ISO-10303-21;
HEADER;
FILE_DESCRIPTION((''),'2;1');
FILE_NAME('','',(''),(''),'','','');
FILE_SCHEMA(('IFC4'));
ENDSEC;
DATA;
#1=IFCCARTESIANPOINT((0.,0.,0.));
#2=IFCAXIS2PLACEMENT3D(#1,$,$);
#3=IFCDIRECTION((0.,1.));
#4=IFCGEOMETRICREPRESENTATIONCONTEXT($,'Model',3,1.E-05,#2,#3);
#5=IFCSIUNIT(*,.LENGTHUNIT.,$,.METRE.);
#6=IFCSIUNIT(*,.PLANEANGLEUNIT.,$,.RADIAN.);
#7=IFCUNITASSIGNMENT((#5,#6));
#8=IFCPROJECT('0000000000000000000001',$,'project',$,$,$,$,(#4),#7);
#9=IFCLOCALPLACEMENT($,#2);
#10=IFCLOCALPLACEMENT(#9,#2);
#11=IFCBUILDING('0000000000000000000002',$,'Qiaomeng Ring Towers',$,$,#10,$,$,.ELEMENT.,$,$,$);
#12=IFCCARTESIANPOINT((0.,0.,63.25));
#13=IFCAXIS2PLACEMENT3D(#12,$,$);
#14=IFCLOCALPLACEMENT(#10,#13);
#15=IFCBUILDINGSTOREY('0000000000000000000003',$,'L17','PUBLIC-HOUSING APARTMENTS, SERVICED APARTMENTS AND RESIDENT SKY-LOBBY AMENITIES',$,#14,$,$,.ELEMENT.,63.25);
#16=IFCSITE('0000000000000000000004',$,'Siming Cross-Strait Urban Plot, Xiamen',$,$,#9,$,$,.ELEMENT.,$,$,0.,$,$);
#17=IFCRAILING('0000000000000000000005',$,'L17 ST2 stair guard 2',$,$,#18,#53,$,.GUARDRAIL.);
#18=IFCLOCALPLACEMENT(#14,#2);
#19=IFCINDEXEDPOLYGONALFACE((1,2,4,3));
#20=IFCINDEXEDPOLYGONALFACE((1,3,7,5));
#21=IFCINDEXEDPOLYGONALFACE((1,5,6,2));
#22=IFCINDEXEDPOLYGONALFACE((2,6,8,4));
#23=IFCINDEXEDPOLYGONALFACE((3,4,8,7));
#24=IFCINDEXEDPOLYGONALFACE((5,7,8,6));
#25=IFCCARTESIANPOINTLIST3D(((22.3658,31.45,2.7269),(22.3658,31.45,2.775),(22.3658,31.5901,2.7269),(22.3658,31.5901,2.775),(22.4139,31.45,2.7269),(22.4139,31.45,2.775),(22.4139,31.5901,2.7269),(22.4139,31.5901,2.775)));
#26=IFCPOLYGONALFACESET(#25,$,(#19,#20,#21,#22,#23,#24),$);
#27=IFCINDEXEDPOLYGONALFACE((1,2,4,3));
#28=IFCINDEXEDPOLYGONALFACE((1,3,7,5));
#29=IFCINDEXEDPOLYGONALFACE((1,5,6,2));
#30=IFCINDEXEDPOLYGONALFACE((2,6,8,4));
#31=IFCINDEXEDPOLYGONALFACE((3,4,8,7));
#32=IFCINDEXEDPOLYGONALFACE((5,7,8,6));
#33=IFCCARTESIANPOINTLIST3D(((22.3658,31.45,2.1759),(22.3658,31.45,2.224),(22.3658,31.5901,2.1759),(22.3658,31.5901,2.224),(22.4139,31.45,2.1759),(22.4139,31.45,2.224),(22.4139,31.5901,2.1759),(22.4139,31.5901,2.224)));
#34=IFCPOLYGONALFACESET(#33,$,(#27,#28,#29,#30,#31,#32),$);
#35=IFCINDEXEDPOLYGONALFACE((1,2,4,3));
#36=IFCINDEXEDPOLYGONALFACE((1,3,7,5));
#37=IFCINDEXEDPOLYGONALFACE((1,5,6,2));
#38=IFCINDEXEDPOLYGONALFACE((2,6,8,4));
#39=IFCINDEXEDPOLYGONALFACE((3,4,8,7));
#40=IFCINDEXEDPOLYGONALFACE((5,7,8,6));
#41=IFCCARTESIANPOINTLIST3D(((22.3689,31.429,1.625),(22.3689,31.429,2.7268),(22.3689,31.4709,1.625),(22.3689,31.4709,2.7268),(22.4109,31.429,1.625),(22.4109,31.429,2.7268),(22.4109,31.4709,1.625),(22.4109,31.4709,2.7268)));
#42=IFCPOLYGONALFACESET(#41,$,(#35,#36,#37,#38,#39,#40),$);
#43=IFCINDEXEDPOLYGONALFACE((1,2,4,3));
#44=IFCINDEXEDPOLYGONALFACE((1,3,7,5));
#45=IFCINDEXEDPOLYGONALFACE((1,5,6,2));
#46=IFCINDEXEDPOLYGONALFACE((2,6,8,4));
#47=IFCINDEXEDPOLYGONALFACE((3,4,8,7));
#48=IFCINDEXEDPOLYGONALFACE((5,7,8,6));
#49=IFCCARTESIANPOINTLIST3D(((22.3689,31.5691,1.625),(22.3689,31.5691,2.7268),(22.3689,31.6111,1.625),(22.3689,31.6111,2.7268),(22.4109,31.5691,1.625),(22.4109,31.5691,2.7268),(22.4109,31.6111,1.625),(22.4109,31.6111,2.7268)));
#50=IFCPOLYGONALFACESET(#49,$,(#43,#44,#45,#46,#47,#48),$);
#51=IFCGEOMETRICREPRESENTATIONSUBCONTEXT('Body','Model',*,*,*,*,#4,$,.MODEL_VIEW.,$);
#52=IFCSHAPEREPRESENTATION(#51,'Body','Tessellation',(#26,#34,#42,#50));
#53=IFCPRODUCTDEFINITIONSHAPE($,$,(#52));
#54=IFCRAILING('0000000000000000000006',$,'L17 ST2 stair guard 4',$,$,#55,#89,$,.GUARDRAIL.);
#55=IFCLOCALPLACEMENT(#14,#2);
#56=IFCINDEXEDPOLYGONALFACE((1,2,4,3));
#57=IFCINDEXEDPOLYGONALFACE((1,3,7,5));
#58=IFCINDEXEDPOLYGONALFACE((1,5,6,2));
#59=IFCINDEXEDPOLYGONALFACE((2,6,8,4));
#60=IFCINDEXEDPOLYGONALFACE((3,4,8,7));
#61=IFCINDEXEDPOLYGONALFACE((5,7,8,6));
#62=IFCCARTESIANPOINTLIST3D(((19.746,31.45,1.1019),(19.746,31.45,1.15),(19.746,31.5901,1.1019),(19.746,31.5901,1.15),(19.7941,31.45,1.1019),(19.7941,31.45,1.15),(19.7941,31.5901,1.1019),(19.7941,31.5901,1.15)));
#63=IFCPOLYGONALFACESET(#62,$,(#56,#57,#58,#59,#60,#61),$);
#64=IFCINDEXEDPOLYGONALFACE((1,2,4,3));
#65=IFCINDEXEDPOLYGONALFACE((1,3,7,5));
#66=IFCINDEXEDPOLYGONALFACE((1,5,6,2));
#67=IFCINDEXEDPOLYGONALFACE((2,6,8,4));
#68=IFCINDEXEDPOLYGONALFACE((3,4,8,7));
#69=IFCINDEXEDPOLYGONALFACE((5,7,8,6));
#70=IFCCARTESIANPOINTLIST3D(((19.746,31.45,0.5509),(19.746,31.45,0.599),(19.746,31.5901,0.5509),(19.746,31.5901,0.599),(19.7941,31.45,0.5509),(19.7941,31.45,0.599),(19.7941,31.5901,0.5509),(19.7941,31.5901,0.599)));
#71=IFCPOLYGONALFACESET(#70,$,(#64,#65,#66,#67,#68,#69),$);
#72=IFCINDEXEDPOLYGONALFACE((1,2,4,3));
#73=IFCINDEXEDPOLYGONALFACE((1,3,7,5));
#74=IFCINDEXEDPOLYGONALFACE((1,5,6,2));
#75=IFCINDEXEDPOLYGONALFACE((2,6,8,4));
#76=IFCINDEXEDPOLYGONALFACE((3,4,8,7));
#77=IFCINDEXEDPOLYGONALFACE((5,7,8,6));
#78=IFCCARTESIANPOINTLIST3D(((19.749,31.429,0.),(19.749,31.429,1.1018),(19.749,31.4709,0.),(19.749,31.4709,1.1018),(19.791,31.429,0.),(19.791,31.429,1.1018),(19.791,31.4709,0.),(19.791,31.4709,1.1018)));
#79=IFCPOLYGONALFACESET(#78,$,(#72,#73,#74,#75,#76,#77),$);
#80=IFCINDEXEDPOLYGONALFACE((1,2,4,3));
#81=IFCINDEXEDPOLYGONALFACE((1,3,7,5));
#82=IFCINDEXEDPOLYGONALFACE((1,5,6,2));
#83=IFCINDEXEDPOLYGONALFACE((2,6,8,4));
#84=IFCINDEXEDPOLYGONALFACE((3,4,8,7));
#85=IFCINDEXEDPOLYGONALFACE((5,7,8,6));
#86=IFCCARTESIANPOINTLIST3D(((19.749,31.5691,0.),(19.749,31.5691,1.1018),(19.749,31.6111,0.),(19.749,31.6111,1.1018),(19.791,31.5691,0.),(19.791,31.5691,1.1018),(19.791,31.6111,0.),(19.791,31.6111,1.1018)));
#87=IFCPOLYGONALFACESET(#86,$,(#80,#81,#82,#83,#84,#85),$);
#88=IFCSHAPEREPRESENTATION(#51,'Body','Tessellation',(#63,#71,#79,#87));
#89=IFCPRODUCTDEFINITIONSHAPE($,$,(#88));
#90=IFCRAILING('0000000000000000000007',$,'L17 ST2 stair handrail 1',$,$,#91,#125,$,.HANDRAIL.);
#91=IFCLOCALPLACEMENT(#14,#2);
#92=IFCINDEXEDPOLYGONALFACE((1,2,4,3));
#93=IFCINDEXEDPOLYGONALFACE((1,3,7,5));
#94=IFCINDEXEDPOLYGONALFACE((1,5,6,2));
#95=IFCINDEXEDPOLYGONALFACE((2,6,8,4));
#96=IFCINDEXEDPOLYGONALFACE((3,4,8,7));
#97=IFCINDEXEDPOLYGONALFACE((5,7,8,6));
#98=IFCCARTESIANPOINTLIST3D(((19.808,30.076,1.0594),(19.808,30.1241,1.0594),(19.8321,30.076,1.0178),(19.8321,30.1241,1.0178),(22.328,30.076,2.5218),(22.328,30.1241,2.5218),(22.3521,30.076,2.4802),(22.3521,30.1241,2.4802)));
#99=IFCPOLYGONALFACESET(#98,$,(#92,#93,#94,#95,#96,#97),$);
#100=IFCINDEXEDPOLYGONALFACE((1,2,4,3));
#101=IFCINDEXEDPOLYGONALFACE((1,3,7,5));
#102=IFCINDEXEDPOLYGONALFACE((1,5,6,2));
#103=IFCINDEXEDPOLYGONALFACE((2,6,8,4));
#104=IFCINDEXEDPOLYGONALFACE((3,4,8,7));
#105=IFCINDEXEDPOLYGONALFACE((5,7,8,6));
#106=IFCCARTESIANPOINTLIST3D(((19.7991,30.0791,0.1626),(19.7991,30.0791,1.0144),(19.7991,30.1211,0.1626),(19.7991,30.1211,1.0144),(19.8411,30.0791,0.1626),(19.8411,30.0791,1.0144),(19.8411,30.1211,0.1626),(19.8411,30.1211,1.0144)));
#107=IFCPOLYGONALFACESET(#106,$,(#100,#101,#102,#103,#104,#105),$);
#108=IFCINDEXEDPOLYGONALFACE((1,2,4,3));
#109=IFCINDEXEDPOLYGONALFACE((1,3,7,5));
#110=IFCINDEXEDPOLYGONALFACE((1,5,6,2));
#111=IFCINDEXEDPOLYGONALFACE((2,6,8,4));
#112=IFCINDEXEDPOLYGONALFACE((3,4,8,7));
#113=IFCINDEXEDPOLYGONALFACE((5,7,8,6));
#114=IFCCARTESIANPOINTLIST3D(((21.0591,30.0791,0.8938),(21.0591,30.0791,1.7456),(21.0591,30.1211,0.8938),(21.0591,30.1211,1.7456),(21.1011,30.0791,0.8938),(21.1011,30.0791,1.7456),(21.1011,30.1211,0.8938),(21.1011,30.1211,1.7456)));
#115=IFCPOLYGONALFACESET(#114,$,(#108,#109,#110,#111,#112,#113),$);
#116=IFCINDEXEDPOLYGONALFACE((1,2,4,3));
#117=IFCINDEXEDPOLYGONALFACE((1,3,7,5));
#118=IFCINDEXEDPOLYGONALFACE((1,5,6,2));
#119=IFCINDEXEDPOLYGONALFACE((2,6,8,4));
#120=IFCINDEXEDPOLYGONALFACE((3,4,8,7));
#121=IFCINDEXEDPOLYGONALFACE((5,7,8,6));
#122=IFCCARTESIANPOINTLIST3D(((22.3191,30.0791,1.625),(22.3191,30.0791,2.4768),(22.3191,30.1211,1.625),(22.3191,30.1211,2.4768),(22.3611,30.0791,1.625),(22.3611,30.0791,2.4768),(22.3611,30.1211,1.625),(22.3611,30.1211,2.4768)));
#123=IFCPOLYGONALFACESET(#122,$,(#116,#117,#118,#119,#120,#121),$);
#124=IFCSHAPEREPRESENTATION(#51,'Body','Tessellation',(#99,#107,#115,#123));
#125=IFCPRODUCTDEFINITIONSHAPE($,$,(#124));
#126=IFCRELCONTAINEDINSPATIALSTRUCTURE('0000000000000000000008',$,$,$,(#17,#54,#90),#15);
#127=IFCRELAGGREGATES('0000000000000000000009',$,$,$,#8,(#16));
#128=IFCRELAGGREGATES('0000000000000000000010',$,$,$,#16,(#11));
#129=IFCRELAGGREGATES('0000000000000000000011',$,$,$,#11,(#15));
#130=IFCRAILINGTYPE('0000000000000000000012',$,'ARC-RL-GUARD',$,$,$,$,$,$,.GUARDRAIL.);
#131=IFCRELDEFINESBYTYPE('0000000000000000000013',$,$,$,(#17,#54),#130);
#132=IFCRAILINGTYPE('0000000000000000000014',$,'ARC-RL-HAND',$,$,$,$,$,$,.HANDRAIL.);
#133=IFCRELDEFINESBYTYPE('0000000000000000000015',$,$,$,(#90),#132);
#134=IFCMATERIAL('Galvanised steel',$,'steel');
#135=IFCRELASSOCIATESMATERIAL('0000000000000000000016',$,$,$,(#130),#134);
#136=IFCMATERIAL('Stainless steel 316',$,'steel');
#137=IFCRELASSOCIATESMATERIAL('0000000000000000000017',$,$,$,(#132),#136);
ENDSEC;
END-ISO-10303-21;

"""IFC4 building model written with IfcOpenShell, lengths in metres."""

from ifc_helpers import new_model, si_unit, direction, frame, origin, origin_2d, place, context, subcontext, project, spatial, rectangle, extrude, material, type_object, element, save


model = new_model("IFC4")

# Units and contexts
model_context = context("Model", 3, precision=1e-05, world=origin(), true_north=direction((0.0, 1.0)))
body_context = subcontext(model_context, "Body", "Model", "MODEL_VIEW")
ifc_project = project(units=[si_unit("LENGTHUNIT", "METRE"), si_unit("PLANEANGLEUNIT", "RADIAN")], contexts=[model_context])

# Site, building, storey
site_placement = place(None, origin())
site = spatial("IfcSite", under=ifc_project, at=site_placement, Name="Siming Cross-Strait Urban Plot, Xiamen", CompositionType="ELEMENT", RefElevation=0.0)
building_placement = place(site_placement, origin())
building = spatial("IfcBuilding", under=site, at=building_placement, Name="Qiaomeng Ring Towers", CompositionType="ELEMENT")
storey_placement = place(building_placement, frame((0.0, 0.0, 63.25)))
storey = spatial("IfcBuildingStorey", under=building, at=storey_placement, Name="L17", Description="PUBLIC-HOUSING APARTMENTS, SERVICED APARTMENTS AND RESIDENT SKY-LOBBY AMENITIES", CompositionType="ELEMENT", Elevation=63.25)

# Shared definitions
ifc_material_1 = material(Name="Galvanised steel", Category="steel")

# Shared definitions
ifc_material_2 = material(Name="Stainless steel 316", Category="steel")

# Railings
railing_type_1 = type_object("IfcRailingType", Name="ARC-RL-GUARD", PredefinedType="GUARDRAIL", material=ifc_material_1)
for number, where, name in (
    (1, (22.3899, 31.45, 1.625), "L17 ST2 stair guard 2"),
    (2, (19.77, 31.45, 0.0), "L17 ST2 stair guard 4"),
):
    element("IfcRailing", number, at=place(storey_placement, frame(where)), inside=storey, type_object=railing_type_1, Name=name, PredefinedType="GUARDRAIL", context=body_context, shape_type="SweptSolid", body=[
        extrude(rectangle(XDim=0.0481, YDim=0.0481, at=origin_2d()), frame((0.0, 0.0, 1.126), z_axis=(0.0, 1.0, 0.0), x_axis=(-1.0, 0.0, 0.0)), (0.0, 0.0, 1.0), 0.1401),
        extrude(rectangle(XDim=0.0481, YDim=0.0481, at=origin_2d()), frame((0.0, 0.0, 0.575), z_axis=(0.0, 1.0, 0.0), x_axis=(-1.0, 0.0, 0.0)), (0.0, 0.0, 1.0), 0.1401),
        extrude(rectangle(XDim=0.042, YDim=0.042, at=origin_2d()), origin(), (0.0, 0.0, 1.0), 1.1018),
        extrude(rectangle(XDim=0.042, YDim=0.042, at=origin_2d()), frame((0.0, 0.1401, 0.0)), (0.0, 0.0, 1.0), 1.1018),
    ])
railing_type_2 = type_object("IfcRailingType", Name="ARC-RL-HAND", PredefinedType="HANDRAIL", material=ifc_material_2)
railing_1_placement = place(storey_placement, frame((19.8201, 30.1001, 0.1626)))
element("IfcRailing", 3, at=railing_1_placement, inside=storey, type_object=railing_type_2, Name="L17 ST2 stair handrail 1", PredefinedType="HANDRAIL", context=body_context, shape_type="SweptSolid", body=[
    extrude(rectangle(XDim=0.0481, YDim=0.0481, at=origin_2d()), frame((0.0, 0.0, 0.876), z_axis=(0.864913, 0.0, 0.501921), x_axis=(0.0, 1.0, 0.0)), (0.0, 0.0, 1.0), 2.9136),
    extrude(rectangle(XDim=0.042, YDim=0.042, at=origin_2d()), origin(), (0.0, 0.0, 1.0), 0.8518),
    extrude(rectangle(XDim=0.042, YDim=0.042, at=origin_2d()), frame((1.26, 0.0, 0.7312)), (0.0, 0.0, 1.0), 0.8518),
    extrude(rectangle(XDim=0.042, YDim=0.042, at=origin_2d()), frame((2.52, 0.0, 1.4624)), (0.0, 0.0, 1.0), 0.8518),
])

save(model, "model.ifc")
